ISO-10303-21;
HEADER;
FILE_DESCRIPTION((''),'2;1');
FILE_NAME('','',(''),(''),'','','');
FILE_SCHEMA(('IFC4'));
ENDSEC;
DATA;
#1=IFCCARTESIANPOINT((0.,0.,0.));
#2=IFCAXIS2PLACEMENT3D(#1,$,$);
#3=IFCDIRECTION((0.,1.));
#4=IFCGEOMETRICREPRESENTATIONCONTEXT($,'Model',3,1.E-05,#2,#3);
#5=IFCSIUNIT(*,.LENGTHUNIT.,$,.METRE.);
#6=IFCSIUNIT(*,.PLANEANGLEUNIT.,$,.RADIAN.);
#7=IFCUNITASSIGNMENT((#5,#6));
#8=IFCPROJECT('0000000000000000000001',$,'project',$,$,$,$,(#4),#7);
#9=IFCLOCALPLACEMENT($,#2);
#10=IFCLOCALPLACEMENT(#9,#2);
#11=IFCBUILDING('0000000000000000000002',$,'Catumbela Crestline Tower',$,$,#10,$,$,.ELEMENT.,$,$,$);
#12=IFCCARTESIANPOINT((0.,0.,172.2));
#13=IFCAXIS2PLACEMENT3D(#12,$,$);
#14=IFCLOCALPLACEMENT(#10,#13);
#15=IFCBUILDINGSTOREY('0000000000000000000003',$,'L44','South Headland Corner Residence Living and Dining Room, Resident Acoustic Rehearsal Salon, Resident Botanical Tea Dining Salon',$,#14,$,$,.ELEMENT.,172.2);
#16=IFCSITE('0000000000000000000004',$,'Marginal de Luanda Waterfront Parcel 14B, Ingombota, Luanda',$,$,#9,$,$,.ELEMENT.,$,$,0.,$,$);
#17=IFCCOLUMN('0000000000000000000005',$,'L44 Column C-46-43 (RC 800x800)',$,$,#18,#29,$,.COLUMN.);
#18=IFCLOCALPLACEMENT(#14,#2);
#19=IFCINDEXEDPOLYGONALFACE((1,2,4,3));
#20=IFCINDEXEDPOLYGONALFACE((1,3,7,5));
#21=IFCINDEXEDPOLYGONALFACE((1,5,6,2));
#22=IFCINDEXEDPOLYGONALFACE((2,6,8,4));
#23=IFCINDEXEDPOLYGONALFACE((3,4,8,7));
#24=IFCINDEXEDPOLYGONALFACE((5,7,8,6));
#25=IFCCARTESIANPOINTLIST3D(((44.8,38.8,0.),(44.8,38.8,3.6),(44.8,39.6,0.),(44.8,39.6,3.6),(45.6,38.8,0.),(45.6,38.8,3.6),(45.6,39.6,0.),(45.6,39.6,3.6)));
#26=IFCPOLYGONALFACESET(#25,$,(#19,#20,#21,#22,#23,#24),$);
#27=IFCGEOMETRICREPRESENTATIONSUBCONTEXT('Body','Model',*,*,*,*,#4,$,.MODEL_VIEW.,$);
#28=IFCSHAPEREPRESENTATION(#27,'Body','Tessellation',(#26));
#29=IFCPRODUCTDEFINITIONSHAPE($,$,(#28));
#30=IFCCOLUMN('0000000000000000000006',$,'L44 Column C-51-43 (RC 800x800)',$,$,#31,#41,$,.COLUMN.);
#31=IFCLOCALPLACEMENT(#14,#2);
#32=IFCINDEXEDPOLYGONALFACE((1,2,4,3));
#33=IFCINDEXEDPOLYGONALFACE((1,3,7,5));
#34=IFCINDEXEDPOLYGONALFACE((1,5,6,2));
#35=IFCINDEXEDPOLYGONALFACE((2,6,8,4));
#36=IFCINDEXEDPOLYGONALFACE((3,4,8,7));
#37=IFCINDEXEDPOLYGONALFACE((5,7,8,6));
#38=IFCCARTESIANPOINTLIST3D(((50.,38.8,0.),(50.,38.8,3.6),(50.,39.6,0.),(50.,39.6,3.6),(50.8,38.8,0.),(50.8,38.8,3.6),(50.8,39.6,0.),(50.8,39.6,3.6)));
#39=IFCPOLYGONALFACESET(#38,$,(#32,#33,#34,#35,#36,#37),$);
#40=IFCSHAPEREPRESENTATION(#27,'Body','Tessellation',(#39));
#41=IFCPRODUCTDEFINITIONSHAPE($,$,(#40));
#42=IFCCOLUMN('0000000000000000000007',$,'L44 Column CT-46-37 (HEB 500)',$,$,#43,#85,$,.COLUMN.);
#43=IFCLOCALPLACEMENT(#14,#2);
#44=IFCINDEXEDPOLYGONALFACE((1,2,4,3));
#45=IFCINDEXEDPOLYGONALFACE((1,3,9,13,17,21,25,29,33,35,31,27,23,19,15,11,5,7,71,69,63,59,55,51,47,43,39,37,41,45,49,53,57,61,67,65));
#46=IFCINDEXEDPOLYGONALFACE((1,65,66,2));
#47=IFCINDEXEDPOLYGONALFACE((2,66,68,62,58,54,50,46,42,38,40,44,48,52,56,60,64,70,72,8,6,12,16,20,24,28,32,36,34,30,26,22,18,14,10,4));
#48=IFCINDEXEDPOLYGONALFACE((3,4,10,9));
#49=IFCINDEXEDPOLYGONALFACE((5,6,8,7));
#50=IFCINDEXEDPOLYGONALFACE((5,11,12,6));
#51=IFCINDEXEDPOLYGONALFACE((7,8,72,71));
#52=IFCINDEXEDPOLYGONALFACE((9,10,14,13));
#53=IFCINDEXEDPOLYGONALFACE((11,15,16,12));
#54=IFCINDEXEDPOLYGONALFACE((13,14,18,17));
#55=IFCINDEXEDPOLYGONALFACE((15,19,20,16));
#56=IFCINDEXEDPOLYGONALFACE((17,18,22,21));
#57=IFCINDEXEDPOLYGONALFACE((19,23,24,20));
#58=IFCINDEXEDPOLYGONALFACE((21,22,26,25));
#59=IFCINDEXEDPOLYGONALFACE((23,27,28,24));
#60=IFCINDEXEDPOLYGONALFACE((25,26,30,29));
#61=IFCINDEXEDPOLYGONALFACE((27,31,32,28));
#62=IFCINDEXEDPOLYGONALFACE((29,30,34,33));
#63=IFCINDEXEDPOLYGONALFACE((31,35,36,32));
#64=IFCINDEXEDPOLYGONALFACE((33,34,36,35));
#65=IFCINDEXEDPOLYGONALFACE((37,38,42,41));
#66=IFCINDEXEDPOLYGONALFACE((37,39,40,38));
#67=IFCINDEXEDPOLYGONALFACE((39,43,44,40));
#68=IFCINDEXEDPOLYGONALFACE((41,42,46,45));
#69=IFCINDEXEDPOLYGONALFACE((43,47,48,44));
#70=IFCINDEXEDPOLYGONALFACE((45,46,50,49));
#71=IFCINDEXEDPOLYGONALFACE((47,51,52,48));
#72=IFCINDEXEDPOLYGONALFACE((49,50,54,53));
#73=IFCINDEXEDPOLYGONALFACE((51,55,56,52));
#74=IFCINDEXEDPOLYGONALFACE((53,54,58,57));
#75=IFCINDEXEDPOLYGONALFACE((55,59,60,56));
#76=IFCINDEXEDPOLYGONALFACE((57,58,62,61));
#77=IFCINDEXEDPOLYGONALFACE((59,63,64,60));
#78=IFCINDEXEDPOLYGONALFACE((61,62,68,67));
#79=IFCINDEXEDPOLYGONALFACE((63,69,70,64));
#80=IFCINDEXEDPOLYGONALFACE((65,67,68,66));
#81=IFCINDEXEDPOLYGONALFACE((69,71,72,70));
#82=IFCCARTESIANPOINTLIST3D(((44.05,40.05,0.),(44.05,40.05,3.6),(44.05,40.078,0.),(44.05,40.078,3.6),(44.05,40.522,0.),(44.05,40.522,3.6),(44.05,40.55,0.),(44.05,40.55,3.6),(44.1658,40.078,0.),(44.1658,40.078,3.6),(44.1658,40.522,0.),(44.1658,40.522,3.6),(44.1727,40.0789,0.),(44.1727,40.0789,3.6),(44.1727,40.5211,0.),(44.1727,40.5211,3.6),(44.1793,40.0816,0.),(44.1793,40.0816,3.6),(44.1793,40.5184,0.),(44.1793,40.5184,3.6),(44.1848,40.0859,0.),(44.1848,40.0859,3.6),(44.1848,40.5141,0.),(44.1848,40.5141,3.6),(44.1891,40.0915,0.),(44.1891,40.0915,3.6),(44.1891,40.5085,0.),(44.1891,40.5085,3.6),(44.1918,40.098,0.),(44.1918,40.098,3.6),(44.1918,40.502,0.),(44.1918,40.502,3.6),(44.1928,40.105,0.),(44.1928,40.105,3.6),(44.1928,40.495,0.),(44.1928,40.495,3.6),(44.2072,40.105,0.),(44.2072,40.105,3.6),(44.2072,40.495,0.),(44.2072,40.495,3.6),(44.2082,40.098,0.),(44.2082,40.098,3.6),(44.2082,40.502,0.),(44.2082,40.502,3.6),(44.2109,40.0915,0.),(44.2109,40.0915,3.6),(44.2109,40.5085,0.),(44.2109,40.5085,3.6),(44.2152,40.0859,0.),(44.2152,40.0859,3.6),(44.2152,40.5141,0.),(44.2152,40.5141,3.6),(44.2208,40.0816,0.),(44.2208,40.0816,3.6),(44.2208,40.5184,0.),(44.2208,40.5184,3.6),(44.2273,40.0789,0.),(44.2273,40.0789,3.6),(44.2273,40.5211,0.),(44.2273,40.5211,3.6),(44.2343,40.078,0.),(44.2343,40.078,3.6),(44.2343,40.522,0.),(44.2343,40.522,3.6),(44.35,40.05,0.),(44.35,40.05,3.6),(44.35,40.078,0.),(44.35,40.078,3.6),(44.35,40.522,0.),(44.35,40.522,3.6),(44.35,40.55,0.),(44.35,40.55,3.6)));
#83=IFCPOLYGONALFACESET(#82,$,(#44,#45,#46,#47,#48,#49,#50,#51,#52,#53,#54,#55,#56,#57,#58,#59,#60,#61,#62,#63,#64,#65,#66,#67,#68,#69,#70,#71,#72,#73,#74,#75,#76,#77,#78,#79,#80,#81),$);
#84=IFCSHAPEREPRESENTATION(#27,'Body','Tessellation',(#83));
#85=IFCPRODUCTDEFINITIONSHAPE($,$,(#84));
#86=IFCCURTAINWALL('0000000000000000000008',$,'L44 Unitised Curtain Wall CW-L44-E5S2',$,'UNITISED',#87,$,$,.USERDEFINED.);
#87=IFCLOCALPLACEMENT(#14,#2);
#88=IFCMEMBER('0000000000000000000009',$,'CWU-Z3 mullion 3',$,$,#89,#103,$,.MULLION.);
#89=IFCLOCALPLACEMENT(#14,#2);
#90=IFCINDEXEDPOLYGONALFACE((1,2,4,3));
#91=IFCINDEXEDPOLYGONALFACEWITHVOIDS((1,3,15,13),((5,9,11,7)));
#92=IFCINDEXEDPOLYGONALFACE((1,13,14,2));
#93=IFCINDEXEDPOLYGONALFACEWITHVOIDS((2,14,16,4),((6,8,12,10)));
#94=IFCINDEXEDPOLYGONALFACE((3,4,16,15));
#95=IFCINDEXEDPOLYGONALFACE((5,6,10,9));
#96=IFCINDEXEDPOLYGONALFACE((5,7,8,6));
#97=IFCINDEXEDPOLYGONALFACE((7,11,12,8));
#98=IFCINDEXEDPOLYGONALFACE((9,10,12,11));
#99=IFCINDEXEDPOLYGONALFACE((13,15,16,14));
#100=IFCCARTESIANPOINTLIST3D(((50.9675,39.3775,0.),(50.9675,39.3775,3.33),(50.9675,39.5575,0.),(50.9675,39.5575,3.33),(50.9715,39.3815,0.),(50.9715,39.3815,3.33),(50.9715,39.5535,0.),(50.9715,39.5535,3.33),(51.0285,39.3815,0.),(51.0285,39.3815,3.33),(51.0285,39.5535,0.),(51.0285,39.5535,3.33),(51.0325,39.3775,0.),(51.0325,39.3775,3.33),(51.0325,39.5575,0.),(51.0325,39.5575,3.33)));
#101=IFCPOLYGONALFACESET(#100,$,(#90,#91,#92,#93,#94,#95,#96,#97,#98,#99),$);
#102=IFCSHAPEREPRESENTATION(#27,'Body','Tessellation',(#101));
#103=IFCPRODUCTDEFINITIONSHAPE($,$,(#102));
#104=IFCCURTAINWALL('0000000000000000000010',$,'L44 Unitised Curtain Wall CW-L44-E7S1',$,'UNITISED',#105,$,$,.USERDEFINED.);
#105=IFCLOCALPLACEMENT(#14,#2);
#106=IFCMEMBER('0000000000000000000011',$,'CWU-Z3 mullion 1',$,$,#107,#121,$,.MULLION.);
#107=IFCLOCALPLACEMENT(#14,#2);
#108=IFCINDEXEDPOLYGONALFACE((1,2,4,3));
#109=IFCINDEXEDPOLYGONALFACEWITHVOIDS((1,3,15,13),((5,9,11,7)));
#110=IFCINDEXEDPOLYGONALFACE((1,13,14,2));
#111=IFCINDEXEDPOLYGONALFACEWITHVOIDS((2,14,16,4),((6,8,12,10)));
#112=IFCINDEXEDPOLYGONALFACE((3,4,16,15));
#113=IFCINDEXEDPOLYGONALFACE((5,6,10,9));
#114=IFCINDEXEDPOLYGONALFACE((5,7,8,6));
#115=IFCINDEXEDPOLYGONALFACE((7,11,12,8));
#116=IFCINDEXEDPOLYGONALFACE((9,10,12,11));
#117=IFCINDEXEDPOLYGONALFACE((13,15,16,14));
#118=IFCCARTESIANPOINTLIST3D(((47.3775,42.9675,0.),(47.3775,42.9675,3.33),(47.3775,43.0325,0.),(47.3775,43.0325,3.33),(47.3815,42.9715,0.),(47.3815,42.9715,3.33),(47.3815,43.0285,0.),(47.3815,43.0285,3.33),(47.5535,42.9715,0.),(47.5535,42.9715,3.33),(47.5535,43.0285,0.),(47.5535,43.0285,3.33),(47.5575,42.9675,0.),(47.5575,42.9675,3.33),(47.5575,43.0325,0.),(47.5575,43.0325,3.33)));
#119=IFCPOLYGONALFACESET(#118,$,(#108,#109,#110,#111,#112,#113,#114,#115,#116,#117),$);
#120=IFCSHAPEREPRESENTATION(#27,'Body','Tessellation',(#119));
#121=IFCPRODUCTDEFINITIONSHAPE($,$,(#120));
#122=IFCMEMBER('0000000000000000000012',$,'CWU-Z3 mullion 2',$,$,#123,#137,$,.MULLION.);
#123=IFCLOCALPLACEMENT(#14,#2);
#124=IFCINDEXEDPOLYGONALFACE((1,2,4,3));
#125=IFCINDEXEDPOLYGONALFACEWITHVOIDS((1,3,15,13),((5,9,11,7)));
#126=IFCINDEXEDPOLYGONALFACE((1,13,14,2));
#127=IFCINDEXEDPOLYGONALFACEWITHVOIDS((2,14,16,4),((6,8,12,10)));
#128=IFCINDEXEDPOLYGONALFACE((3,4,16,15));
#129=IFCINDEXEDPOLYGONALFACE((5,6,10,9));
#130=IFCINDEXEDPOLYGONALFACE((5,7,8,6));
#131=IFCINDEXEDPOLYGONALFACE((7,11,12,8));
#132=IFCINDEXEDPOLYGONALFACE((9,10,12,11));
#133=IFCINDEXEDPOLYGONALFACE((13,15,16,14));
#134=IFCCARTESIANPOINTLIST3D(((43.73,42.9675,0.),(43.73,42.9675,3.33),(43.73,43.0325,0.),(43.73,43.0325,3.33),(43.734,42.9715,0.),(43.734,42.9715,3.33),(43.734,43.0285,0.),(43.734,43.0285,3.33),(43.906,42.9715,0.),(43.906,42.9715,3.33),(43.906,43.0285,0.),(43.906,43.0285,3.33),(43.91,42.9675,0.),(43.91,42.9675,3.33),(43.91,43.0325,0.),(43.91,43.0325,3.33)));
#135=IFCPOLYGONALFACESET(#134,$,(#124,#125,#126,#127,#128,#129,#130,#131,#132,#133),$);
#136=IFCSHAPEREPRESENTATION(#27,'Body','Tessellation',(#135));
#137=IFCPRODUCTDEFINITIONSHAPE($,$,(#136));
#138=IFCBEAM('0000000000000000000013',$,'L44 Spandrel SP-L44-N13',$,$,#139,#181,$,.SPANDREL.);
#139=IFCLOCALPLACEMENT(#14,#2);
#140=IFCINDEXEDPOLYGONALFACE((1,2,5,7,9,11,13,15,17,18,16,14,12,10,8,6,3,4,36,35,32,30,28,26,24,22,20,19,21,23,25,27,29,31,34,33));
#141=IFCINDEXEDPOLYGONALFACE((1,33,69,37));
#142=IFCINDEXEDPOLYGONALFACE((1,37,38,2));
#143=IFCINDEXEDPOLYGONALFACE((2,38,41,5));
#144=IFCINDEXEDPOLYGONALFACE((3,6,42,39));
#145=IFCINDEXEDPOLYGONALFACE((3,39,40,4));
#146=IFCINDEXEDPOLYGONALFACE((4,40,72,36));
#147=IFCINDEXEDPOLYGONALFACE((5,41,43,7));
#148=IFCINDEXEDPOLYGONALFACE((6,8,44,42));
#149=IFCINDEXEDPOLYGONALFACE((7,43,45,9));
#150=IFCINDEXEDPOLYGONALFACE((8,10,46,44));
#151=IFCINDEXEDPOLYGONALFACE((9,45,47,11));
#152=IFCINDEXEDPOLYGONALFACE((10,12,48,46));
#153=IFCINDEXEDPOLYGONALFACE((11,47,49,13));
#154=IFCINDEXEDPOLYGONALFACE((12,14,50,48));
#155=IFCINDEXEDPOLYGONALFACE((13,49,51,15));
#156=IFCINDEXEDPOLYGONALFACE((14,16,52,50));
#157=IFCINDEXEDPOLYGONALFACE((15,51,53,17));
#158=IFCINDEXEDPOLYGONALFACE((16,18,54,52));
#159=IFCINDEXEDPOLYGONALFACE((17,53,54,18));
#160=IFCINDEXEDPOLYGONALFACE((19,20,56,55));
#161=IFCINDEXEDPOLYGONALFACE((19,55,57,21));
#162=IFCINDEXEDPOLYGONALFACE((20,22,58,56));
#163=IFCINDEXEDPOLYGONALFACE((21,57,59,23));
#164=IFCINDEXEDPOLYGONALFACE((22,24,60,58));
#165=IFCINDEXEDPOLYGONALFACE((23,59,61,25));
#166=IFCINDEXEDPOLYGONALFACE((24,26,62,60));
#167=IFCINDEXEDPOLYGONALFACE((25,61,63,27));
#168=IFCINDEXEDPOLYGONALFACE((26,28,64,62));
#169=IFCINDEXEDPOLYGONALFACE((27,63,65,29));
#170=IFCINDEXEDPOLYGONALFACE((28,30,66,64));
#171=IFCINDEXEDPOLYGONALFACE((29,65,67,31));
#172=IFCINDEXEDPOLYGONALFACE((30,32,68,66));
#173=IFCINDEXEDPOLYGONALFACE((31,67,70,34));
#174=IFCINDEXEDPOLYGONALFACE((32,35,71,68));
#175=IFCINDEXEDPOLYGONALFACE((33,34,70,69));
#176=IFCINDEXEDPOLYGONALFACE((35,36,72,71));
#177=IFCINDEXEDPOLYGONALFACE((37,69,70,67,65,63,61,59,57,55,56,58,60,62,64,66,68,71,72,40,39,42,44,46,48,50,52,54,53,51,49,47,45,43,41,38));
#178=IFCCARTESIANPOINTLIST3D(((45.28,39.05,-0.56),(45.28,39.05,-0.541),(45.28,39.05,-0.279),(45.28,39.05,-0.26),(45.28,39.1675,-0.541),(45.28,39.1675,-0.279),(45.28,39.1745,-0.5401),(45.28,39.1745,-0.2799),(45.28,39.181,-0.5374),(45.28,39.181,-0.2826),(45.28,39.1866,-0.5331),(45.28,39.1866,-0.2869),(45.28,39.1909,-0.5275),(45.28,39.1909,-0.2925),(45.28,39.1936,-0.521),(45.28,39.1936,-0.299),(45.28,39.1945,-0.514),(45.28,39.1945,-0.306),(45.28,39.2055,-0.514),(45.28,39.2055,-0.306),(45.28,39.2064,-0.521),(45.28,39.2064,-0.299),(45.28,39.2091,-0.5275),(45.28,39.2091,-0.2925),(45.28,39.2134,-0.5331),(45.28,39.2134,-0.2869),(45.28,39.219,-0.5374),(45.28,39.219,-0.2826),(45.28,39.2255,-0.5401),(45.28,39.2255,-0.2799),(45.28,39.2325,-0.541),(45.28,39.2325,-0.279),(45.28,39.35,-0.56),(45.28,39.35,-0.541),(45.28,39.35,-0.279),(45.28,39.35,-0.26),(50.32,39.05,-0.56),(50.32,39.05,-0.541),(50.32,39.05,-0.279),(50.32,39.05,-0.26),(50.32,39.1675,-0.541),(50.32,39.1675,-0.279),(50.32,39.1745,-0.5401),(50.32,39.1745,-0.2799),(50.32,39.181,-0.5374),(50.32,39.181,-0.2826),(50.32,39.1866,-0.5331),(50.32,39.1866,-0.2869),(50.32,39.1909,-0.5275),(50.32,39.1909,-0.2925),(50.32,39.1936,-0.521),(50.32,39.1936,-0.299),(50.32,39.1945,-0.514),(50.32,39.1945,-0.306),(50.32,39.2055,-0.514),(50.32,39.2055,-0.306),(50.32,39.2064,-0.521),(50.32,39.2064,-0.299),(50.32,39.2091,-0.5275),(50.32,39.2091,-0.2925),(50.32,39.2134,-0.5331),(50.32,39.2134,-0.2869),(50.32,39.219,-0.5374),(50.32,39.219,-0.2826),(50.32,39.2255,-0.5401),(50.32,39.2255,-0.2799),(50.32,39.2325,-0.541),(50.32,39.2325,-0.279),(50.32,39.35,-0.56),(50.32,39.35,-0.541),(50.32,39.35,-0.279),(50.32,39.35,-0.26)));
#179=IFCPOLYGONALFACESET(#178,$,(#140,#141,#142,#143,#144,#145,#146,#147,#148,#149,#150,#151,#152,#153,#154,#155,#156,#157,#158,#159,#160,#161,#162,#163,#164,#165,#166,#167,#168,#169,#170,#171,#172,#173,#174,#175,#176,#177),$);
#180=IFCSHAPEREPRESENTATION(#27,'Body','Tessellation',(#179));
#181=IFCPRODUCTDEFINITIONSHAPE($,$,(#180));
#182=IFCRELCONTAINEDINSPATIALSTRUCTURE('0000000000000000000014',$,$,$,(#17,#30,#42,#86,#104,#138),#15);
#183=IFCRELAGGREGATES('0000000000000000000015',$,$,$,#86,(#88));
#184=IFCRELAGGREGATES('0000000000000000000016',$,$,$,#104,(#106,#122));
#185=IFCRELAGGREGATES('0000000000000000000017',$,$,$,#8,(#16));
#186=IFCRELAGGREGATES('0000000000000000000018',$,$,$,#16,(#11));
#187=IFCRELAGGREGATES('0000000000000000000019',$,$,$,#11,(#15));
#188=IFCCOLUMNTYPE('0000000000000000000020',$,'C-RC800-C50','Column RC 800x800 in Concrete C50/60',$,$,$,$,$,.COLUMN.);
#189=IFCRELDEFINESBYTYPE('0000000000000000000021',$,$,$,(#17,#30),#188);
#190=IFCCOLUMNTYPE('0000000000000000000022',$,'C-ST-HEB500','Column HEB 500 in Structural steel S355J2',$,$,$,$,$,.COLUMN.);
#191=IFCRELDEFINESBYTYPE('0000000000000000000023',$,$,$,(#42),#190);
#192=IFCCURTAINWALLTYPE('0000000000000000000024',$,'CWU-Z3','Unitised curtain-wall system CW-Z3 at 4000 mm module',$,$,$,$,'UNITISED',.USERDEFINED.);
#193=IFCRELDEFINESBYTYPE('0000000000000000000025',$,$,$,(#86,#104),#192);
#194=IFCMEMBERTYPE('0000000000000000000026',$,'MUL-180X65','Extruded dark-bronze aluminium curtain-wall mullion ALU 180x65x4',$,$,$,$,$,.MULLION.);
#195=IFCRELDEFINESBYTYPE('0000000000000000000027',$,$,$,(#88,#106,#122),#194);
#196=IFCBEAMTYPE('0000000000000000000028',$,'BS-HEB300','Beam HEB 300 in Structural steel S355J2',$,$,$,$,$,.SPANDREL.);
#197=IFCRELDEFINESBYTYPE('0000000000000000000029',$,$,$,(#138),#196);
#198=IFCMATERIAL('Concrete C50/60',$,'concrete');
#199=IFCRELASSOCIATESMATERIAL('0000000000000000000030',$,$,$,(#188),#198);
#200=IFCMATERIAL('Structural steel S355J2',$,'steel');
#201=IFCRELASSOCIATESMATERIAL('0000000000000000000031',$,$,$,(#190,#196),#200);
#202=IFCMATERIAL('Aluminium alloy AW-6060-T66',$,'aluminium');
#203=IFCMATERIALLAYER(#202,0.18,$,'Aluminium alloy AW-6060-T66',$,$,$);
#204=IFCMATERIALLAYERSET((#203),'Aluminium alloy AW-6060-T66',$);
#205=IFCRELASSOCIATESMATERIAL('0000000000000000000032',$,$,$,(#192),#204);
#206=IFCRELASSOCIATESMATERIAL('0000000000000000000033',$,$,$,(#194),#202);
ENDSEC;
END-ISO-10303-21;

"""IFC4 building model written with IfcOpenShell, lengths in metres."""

from ifc_helpers import new_model, si_unit, direction, frame, origin, origin_2d, place, context, subcontext, project, spatial, rectangle, hollow_rectangle, i_section, extrude, material, layer, layer_set, material_profile, profile_set, type_object, element, aggregate, save


model = new_model("IFC4")

# Units and contexts
model_context = context("Model", 3, precision=1e-05, world=origin(), true_north=direction((0.0, 1.0)))
body_context = subcontext(model_context, "Body", "Model", "MODEL_VIEW")
ifc_project = project(units=[si_unit("LENGTHUNIT", "METRE"), si_unit("PLANEANGLEUNIT", "RADIAN")], contexts=[model_context])

# Site, building, storey
site_placement = place(None, origin())
site = spatial("IfcSite", under=ifc_project, at=site_placement, Name="Marginal de Luanda Waterfront Parcel 14B, Ingombota, Luanda", CompositionType="ELEMENT", RefElevation=0.0)
building_placement = place(site_placement, origin())
building = spatial("IfcBuilding", under=site, at=building_placement, Name="Catumbela Crestline Tower", CompositionType="ELEMENT")
storey_placement = place(building_placement, frame((0.0, 0.0, 172.2)))
storey = spatial("IfcBuildingStorey", under=building, at=storey_placement, Name="L44", Description="South Headland Corner Residence Living and Dining Room, Resident Acoustic Rehearsal Salon, Resident Botanical Tea Dining Salon", CompositionType="ELEMENT", Elevation=172.2)

# Columns
ifc_material_1 = material(Name="Concrete C50/60", Category="concrete")
ifc_material_profile_1 = material_profile(ifc_material_1, rectangle(XDim=0.8, YDim=0.8, at=origin_2d()), Name="RC 800x800")
ifc_profile_set_1 = profile_set([ifc_material_profile_1], Name="Concrete C50/60")
column_type_1 = type_object("IfcColumnType", Name="C-RC800-C50", Description="Column RC 800x800 in Concrete C50/60", PredefinedType="COLUMN", material=ifc_profile_set_1)
for number, where, z_axis, x_axis, name in (
    (1, (45.2, 39.2, 0.0), (0.0, 0.0, 1.0), (1.0, 0.0, 0.0), "L44 Column C-46-43 (RC 800x800)"),
    (2, (50.4, 39.2, 0.0), (0.0, 0.0, 1.0), (1.0, 0.0, 0.0), "L44 Column C-51-43 (RC 800x800)"),
):
    element("IfcColumn", number, at=place(storey_placement, frame(where, z_axis=z_axis, x_axis=x_axis)), inside=storey, type_object=column_type_1, Name=name, PredefinedType="COLUMN", context=body_context, shape_type="SweptSolid", body=[
        extrude(rectangle(XDim=0.8, YDim=0.8, at=origin_2d()), origin(), (0.0, 0.0, 1.0), 3.6),
    ])
ifc_material_2 = material(Name="Structural steel S355J2", Category="steel")
ifc_material_profile_2 = material_profile(ifc_material_2, i_section(OverallWidth=0.3, OverallDepth=0.5, WebThickness=0.0145, FlangeThickness=0.028, FilletRadius=0.027, at=origin_2d()), Name="HEB 500")
ifc_profile_set_2 = profile_set([ifc_material_profile_2], Name="Structural steel S355J2")
column_type_2 = type_object("IfcColumnType", Name="C-ST-HEB500", Description="Column HEB 500 in Structural steel S355J2", PredefinedType="COLUMN", material=ifc_profile_set_2)
column_placement = place(storey_placement, frame((44.2, 40.3, 0.0), z_axis=(0.0, 0.0, 1.0), x_axis=(1.0, 0.0, 0.0)))
element("IfcColumn", 3, at=column_placement, inside=storey, type_object=column_type_2, Name="L44 Column CT-46-37 (HEB 500)", PredefinedType="COLUMN", context=body_context, shape_type="SweptSolid", body=[
    extrude(i_section(OverallWidth=0.3, OverallDepth=0.5, WebThickness=0.0145, FlangeThickness=0.028, FilletRadius=0.027, at=origin_2d()), origin(), (0.0, 0.0, 1.0), 3.6),
])

# Curtain wall, member
ifc_material_3 = material(Name="Aluminium alloy AW-6060-T66", Category="aluminium")
ifc_layer_1 = layer(ifc_material_3, 0.18, Name="Aluminium alloy AW-6060-T66")
ifc_layer_set_1 = layer_set([ifc_layer_1], Name="Aluminium alloy AW-6060-T66")
curtain_wall_type = type_object("IfcCurtainWallType", Name="CWU-Z3", Description="Unitised curtain-wall system CW-Z3 at 4000 mm module", ElementType="UNITISED", PredefinedType="USERDEFINED", material=ifc_layer_set_1)
curtain_wall_1_placement = place(storey_placement, origin())
curtain_wall_1 = element("IfcCurtainWall", 4, at=curtain_wall_1_placement, inside=storey, type_object=curtain_wall_type, Name="L44 Unitised Curtain Wall CW-L44-E5S2", ObjectType="UNITISED", PredefinedType="USERDEFINED")
ifc_material_profile_3 = material_profile(ifc_material_3, hollow_rectangle(XDim=0.065, YDim=0.18, WallThickness=0.004, at=origin_2d()), Name="ALU 180x65x4")
ifc_profile_set_3 = profile_set([ifc_material_profile_3], Name="Aluminium alloy AW-6060-T66")
member_type_1 = type_object("IfcMemberType", Name="MUL-180X65", Description="Extruded dark-bronze aluminium curtain-wall mullion ALU 180x65x4", PredefinedType="MULLION", material=ifc_profile_set_3)
member_1_placement = place(storey_placement, frame((51.0, 39.4675, 0.0), z_axis=(0.0, 0.0, 1.0), x_axis=(-1.0, 0.0, 0.0)))
member_1 = element("IfcMember", 5, at=member_1_placement, type_object=member_type_1, Name="CWU-Z3 mullion 3", PredefinedType="MULLION", context=body_context, shape_type="SweptSolid", body=[
    extrude(hollow_rectangle(XDim=0.065, YDim=0.18, WallThickness=0.004, at=origin_2d()), origin(), (0.0, 0.0, 1.0), 3.33),
])

# Curtain wall, members
curtain_wall_2_placement = place(storey_placement, origin())
curtain_wall_2 = element("IfcCurtainWall", 6, at=curtain_wall_2_placement, inside=storey, type_object=curtain_wall_type, Name="L44 Unitised Curtain Wall CW-L44-E7S1", ObjectType="UNITISED", PredefinedType="USERDEFINED")
member_2_placement = place(storey_placement, frame((47.4675, 43.0, 0.0), z_axis=(0.0, 0.0, 1.0), x_axis=(0.0, -1.0, 0.0)))
member_2 = element("IfcMember", 7, at=member_2_placement, type_object=member_type_1, Name="CWU-Z3 mullion 1", PredefinedType="MULLION", context=body_context, shape_type="SweptSolid", body=[
    extrude(hollow_rectangle(XDim=0.065, YDim=0.18, WallThickness=0.004, at=origin_2d()), origin(), (0.0, 0.0, 1.0), 3.33),
])
member_3_placement = place(storey_placement, frame((43.82, 43.0, 0.0), z_axis=(0.0, 0.0, 1.0), x_axis=(0.0, -1.0, 0.0)))
member_3 = element("IfcMember", 8, at=member_3_placement, type_object=member_type_1, Name="CWU-Z3 mullion 2", PredefinedType="MULLION", context=body_context, shape_type="SweptSolid", body=[
    extrude(hollow_rectangle(XDim=0.065, YDim=0.18, WallThickness=0.004, at=origin_2d()), origin(), (0.0, 0.0, 1.0), 3.33),
])

# Beam
ifc_material_profile_4 = material_profile(ifc_material_2, i_section(OverallWidth=0.3, OverallDepth=0.3, WebThickness=0.011, FlangeThickness=0.019, FilletRadius=0.027, at=origin_2d()), Name="HEB 300")
ifc_profile_set_4 = profile_set([ifc_material_profile_4], Name="Structural steel S355J2")
beam_type = type_object("IfcBeamType", Name="BS-HEB300", Description="Beam HEB 300 in Structural steel S355J2", PredefinedType="SPANDREL", material=ifc_profile_set_4)
beam_placement = place(storey_placement, frame((45.28, 39.2, -0.41), z_axis=(1.0, 0.0, 0.0), x_axis=(0.0, 1.0, 0.0)))
element("IfcBeam", 9, at=beam_placement, inside=storey, type_object=beam_type, Name="L44 Spandrel SP-L44-N13", PredefinedType="SPANDREL", context=body_context, shape_type="SweptSolid", body=[
    extrude(i_section(OverallWidth=0.3, OverallDepth=0.3, WebThickness=0.011, FlangeThickness=0.019, FilletRadius=0.027, at=origin_2d()), origin(), (0.0, 0.0, 1.0), 5.04),
])

aggregate(curtain_wall_1, [member_1])
aggregate(curtain_wall_2, [member_2, member_3])

save(model, "model.ifc")
